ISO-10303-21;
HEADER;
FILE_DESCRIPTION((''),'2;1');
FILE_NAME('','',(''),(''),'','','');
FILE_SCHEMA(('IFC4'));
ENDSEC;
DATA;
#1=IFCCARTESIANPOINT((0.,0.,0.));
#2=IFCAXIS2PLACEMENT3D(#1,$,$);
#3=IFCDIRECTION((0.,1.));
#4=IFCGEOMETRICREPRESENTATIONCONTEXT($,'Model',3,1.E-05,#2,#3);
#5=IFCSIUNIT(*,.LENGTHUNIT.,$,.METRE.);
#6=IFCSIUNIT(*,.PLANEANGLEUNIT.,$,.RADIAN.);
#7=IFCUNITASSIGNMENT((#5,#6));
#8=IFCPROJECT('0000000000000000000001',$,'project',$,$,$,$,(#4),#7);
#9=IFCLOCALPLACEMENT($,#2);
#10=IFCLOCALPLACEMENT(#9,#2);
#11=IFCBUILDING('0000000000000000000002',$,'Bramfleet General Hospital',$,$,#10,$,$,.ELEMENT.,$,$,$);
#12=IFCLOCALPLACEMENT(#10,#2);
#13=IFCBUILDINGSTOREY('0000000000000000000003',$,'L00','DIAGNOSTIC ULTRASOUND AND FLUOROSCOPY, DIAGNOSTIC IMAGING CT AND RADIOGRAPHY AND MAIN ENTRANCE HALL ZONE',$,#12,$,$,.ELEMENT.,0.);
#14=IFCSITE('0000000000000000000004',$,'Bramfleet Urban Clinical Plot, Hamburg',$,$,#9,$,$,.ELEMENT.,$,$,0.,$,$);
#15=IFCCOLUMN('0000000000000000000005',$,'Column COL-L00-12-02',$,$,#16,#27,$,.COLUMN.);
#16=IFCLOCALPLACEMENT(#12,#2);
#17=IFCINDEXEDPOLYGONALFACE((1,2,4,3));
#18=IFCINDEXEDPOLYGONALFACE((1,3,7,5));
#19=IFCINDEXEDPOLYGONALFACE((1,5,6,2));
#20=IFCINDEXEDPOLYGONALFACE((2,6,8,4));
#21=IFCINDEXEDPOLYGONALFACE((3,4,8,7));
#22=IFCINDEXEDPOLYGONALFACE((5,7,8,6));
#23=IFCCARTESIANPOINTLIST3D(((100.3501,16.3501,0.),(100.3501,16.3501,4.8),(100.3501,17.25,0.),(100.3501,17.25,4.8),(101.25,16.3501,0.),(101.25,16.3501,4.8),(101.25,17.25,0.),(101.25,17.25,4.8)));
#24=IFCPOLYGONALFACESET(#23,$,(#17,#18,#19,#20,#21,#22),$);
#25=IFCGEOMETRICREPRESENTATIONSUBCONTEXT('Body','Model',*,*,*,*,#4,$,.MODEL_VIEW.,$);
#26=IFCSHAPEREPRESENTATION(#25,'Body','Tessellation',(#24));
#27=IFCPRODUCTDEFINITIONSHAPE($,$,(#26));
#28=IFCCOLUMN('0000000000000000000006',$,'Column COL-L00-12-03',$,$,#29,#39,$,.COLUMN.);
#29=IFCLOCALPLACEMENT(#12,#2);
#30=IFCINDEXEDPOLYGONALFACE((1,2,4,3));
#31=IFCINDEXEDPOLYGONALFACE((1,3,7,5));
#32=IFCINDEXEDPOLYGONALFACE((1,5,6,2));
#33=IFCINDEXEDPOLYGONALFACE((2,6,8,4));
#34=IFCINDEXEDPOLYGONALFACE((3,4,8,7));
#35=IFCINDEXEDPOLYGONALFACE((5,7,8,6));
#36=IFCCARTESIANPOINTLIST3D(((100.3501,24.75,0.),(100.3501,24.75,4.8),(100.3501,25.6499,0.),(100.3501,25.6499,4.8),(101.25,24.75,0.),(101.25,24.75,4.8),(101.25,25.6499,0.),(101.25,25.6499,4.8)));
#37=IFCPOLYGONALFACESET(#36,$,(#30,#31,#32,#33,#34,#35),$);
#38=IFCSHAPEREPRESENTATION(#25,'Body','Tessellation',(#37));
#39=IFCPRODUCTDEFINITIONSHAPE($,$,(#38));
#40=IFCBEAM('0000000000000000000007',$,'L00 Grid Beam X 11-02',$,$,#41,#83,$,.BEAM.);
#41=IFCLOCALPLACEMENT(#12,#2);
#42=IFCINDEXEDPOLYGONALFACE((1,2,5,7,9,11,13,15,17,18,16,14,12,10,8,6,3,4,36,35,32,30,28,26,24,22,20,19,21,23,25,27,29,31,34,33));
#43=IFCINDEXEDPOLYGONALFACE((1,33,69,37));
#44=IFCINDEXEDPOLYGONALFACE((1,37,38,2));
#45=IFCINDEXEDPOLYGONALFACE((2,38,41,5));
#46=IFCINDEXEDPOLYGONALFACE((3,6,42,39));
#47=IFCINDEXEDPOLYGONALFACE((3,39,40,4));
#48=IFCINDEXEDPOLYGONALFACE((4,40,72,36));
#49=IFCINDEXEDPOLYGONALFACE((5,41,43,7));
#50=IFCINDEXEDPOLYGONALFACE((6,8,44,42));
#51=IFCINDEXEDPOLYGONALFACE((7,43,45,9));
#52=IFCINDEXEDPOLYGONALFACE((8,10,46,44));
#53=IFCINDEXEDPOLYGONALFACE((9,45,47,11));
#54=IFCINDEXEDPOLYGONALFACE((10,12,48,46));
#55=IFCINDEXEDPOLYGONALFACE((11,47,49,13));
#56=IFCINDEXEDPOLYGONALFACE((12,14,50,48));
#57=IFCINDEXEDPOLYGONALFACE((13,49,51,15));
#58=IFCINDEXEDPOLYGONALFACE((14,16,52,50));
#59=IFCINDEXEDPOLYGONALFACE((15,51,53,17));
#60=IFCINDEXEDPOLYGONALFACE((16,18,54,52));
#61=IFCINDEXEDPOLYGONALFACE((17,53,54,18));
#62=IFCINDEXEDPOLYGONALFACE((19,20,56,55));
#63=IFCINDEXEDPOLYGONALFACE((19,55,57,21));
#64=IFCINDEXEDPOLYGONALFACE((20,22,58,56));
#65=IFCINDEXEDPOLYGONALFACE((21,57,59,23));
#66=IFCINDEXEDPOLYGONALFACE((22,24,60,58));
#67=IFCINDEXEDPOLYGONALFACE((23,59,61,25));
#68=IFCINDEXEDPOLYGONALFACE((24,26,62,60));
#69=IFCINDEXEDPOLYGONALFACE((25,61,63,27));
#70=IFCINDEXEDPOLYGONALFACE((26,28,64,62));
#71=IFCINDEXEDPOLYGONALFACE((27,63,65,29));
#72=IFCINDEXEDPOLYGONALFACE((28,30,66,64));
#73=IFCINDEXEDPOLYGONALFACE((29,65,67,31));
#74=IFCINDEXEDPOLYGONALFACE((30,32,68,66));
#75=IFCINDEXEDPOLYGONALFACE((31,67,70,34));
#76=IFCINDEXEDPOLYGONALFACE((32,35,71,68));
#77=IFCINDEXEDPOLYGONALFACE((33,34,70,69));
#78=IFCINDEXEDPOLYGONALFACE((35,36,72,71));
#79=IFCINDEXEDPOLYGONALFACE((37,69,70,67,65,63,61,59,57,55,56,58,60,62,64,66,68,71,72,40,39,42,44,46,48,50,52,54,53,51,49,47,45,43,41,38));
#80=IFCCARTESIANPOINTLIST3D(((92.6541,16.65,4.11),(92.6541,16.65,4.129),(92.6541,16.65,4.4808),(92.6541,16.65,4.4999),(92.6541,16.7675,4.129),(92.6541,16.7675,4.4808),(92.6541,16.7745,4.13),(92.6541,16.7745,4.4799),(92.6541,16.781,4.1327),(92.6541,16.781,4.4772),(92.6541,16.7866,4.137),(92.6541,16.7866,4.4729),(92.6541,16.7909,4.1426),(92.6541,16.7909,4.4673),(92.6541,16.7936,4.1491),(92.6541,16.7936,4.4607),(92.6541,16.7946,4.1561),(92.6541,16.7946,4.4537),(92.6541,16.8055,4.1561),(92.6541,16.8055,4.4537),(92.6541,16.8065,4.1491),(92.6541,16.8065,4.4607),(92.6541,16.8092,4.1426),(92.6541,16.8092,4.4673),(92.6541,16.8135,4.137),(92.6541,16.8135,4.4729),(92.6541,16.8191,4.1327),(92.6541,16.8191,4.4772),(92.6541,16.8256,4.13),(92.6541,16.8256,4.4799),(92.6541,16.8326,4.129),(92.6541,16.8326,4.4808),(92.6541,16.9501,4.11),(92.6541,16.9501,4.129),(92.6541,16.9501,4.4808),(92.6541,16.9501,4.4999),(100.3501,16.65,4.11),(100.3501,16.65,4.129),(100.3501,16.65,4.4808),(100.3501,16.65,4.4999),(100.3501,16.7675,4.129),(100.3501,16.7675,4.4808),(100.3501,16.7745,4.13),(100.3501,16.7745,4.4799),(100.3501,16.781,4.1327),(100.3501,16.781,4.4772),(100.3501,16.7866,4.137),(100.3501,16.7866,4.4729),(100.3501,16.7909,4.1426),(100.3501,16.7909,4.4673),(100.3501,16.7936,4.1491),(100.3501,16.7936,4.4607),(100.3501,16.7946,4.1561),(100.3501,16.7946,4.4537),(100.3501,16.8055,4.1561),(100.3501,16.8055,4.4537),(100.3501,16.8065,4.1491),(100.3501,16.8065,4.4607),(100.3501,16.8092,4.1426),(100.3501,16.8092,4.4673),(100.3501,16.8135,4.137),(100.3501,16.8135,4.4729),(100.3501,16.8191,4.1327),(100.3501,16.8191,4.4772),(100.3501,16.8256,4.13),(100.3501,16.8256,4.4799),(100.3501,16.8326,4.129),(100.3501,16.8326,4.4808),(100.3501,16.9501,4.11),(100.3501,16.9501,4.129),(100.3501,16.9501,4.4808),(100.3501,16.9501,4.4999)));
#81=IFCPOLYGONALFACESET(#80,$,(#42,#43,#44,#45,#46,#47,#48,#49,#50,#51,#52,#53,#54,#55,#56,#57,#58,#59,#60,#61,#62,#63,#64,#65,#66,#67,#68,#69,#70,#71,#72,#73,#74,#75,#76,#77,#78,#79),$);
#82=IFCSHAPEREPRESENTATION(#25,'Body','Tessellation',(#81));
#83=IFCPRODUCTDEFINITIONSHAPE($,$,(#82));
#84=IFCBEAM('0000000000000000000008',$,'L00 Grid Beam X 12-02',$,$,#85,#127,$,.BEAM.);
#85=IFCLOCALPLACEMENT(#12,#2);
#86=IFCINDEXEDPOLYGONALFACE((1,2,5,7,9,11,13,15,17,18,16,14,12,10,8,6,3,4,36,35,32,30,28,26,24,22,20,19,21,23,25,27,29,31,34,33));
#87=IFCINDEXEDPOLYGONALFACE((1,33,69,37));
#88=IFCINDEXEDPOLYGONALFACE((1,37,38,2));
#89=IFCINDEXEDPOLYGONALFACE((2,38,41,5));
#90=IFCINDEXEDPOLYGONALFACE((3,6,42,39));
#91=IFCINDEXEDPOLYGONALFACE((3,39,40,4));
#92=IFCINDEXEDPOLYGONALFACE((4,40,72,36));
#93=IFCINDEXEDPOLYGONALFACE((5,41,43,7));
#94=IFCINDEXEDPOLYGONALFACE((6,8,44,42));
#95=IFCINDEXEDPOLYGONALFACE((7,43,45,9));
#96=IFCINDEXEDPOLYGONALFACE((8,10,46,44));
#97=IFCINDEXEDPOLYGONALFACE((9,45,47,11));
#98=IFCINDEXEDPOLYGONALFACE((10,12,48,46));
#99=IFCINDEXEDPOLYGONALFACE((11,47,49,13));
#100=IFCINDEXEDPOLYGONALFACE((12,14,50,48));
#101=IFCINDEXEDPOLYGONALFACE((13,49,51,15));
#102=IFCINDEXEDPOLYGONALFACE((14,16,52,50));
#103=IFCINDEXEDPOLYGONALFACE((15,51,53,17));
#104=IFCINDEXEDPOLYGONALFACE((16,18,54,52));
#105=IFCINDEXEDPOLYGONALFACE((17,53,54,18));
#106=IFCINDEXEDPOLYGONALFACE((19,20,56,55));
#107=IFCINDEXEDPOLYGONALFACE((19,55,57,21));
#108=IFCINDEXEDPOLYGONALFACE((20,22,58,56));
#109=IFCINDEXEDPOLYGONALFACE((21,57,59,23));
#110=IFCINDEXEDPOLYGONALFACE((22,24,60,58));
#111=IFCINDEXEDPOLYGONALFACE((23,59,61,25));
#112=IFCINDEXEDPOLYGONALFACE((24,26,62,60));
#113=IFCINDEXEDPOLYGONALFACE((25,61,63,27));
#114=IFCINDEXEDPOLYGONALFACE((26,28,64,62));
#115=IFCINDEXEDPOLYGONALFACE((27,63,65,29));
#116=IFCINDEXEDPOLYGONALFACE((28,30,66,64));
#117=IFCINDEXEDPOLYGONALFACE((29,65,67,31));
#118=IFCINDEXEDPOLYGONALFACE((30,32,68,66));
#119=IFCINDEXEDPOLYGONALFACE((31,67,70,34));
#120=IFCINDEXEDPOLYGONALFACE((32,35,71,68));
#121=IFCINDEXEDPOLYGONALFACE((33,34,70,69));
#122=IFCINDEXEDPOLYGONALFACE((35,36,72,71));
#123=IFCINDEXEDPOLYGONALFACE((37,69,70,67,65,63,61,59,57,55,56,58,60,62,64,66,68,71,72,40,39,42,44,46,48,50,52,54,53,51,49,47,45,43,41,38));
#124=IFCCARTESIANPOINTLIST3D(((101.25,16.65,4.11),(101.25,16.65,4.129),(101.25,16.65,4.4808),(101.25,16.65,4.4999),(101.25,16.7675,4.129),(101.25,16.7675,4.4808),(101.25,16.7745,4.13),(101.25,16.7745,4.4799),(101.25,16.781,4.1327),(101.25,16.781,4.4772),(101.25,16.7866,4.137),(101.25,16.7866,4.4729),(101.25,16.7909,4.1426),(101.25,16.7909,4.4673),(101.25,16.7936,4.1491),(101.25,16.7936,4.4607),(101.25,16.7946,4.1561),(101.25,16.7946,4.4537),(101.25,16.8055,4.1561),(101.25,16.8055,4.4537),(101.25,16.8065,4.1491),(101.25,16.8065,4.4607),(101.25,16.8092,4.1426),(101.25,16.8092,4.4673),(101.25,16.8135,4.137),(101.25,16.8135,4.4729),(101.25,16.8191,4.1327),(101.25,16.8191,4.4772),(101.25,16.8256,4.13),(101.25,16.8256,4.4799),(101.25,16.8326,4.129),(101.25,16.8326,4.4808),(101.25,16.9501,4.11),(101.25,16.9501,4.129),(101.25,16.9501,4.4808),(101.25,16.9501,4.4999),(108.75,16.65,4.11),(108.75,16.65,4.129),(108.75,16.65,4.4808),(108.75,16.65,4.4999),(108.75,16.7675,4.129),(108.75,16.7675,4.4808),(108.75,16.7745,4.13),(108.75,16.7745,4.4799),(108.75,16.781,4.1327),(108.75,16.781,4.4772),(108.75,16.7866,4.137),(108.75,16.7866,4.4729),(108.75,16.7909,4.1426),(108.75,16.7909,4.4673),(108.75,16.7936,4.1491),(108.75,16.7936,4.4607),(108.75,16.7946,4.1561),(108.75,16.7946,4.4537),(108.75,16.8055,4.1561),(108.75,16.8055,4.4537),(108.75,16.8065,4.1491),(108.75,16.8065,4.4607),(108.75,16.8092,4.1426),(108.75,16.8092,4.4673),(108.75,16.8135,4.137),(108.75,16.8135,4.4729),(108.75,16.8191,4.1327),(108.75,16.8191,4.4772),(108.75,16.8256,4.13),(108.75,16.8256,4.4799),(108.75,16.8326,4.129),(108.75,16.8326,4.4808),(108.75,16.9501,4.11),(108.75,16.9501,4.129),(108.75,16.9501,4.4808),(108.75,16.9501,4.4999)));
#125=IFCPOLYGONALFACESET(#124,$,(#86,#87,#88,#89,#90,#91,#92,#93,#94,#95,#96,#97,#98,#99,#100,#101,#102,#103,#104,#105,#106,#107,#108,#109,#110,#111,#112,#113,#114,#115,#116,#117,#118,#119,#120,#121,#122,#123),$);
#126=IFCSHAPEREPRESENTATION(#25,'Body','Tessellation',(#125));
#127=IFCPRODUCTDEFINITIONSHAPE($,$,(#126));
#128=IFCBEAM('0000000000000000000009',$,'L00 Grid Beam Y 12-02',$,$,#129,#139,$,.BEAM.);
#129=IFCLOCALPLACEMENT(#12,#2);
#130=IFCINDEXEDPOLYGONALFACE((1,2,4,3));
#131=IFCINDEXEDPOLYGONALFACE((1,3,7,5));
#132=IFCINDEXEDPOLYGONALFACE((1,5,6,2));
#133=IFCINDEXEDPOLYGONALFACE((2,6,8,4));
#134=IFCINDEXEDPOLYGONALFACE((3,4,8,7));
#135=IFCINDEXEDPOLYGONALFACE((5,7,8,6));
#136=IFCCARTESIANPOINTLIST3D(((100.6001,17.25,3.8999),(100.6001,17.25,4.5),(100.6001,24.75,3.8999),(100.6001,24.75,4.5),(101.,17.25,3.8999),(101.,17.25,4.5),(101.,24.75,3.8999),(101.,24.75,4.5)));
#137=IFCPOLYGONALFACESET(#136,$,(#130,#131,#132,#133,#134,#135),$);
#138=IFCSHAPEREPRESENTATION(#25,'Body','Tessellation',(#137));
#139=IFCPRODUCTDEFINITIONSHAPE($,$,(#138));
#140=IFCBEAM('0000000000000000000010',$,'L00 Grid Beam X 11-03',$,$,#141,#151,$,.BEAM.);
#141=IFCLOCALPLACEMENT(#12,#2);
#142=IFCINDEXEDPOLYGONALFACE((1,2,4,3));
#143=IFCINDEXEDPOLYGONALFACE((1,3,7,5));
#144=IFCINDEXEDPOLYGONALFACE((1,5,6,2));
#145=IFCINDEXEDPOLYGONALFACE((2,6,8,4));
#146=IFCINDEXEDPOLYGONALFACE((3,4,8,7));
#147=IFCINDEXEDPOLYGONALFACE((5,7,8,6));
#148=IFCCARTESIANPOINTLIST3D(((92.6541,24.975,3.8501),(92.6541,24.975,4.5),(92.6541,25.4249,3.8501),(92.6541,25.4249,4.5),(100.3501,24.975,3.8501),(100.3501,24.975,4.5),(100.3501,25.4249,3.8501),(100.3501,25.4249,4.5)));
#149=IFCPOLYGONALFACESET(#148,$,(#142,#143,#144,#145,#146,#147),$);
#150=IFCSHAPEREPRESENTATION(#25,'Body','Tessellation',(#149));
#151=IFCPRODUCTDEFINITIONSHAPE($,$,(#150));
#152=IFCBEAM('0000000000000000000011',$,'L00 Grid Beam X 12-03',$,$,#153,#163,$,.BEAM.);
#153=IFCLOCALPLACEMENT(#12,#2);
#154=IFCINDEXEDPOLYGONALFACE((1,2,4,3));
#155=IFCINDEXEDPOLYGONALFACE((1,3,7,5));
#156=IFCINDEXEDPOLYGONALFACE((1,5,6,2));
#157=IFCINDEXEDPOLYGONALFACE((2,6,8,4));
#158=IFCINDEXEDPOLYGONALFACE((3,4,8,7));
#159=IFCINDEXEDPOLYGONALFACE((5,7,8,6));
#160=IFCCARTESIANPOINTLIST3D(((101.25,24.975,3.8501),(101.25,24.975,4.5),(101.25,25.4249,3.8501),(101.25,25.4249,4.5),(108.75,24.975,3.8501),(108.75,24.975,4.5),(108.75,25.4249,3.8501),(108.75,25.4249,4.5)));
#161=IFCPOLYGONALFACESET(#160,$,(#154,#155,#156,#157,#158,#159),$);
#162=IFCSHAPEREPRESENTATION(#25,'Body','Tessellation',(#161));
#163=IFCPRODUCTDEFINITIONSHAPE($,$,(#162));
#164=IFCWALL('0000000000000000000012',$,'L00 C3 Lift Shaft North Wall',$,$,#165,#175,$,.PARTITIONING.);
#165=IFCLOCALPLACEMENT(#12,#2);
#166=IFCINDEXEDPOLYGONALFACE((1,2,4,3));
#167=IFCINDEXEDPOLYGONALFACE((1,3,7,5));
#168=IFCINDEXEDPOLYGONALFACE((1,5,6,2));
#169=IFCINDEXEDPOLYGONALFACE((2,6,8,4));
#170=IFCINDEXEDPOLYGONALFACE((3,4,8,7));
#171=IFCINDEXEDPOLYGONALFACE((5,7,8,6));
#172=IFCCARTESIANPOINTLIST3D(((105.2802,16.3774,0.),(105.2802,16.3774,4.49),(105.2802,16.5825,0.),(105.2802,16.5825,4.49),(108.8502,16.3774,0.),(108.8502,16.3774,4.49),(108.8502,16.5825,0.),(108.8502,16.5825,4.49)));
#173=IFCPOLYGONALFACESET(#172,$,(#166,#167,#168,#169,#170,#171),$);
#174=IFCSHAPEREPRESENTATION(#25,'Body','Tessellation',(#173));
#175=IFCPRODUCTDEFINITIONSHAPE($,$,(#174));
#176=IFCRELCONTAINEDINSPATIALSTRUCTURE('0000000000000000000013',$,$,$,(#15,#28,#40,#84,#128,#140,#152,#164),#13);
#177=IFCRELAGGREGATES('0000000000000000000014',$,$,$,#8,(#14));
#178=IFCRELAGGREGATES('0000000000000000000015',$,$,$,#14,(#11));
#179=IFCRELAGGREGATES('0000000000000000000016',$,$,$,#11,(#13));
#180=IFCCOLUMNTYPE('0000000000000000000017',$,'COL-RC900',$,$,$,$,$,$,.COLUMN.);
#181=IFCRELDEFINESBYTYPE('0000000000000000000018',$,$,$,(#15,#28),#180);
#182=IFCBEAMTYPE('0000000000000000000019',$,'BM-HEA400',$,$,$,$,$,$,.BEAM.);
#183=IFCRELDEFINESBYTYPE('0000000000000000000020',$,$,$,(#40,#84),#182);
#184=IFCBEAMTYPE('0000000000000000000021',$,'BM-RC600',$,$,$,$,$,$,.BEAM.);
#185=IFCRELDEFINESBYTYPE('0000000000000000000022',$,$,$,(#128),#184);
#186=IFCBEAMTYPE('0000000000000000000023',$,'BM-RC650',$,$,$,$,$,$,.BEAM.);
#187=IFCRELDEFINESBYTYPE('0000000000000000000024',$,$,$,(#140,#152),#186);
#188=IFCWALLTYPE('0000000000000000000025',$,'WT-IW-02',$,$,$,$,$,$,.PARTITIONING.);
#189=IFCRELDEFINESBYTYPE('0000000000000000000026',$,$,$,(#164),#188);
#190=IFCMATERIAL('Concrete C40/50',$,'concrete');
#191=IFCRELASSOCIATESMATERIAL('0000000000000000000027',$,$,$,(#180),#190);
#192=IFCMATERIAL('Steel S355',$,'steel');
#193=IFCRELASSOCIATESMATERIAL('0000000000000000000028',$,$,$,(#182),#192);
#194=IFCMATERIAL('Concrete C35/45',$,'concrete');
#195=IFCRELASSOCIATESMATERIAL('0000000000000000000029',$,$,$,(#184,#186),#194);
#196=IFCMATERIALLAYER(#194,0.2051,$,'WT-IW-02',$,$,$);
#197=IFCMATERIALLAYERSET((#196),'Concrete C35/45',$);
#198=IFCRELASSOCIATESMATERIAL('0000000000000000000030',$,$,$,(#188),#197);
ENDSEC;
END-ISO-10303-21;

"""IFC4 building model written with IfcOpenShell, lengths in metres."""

from ifc_helpers import new_model, si_unit, direction, frame, frame_2d, origin, origin_2d, place, context, subcontext, project, spatial, rectangle, i_section, extrude, material, layer, layer_set, material_profile, profile_set, type_object, element, save


model = new_model("IFC4")

# Units and contexts
model_context = context("Model", 3, precision=1e-05, world=origin(), true_north=direction((0.0, 1.0)))
body_context = subcontext(model_context, "Body", "Model", "MODEL_VIEW")
ifc_project = project(units=[si_unit("LENGTHUNIT", "METRE"), si_unit("PLANEANGLEUNIT", "RADIAN")], contexts=[model_context])

# Site, building, storey
site_placement = place(None, origin())
site = spatial("IfcSite", under=ifc_project, at=site_placement, Name="Bramfleet Urban Clinical Plot, Hamburg", CompositionType="ELEMENT", RefElevation=0.0)
building_placement = place(site_placement, origin())
building = spatial("IfcBuilding", under=site, at=building_placement, Name="Bramfleet General Hospital", CompositionType="ELEMENT")
storey_placement = place(building_placement, origin())
storey = spatial("IfcBuildingStorey", under=building, at=storey_placement, Name="L00", Description="DIAGNOSTIC ULTRASOUND AND FLUOROSCOPY, DIAGNOSTIC IMAGING CT AND RADIOGRAPHY AND MAIN ENTRANCE HALL ZONE", CompositionType="ELEMENT", Elevation=0.0)

# Columns
ifc_material_1 = material(Name="Concrete C40/50", Category="concrete")
ifc_material_profile_1 = material_profile(ifc_material_1, rectangle(XDim=0.8999, YDim=0.8999, at=origin_2d()), Name="RC COL 900x900")
ifc_profile_set_1 = profile_set([ifc_material_profile_1], Name="Concrete C40/50")
column_type = type_object("IfcColumnType", Name="COL-RC900", PredefinedType="COLUMN", material=ifc_profile_set_1)
for number, where, z_axis, x_axis, name in (
    (1, (100.8, 16.8, 0.0), (0.0, 0.0, 1.0), (1.0, 0.0, 0.0), "Column COL-L00-12-02"),
    (2, (100.8, 25.2, 0.0), (0.0, 0.0, 1.0), (1.0, 0.0, 0.0), "Column COL-L00-12-03"),
):
    element("IfcColumn", number, at=place(storey_placement, frame(where, z_axis=z_axis, x_axis=x_axis)), inside=storey, type_object=column_type, Name=name, PredefinedType="COLUMN", context=body_context, shape_type="SweptSolid", body=[
        extrude(rectangle(XDim=0.8999, YDim=0.8999, at=origin_2d()), origin(), (0.0, 0.0, 1.0), 4.8),
    ])

# Beams
ifc_material_2 = material(Name="Steel S355", Category="steel")
ifc_material_profile_2 = material_profile(ifc_material_2, i_section(OverallWidth=0.3, OverallDepth=0.3899, WebThickness=0.011, FlangeThickness=0.019, FilletRadius=0.0271, at=origin_2d()), Name="HEA 400")
ifc_profile_set_2 = profile_set([ifc_material_profile_2], Name="Steel S355")
beam_type_1 = type_object("IfcBeamType", Name="BM-HEA400", PredefinedType="BEAM", material=ifc_profile_set_2)
beam_1_placement = place(storey_placement, frame((92.6541, 16.8, 4.3049), z_axis=(1.0, 0.0, 0.0), x_axis=(0.0, 1.0, 0.0)))
element("IfcBeam", 3, at=beam_1_placement, inside=storey, type_object=beam_type_1, Name="L00 Grid Beam X 11-02", PredefinedType="BEAM", context=body_context, shape_type="SweptSolid", body=[
    extrude(i_section(OverallWidth=0.3, OverallDepth=0.3899, WebThickness=0.011, FlangeThickness=0.019, FilletRadius=0.0271, at=origin_2d()), origin(), (0.0, 0.0, 1.0), 7.696),
])
beam_2_placement = place(storey_placement, frame((101.25, 16.8, 4.3049), z_axis=(1.0, 0.0, 0.0), x_axis=(0.0, 1.0, 0.0)))
element("IfcBeam", 4, at=beam_2_placement, inside=storey, type_object=beam_type_1, Name="L00 Grid Beam X 12-02", PredefinedType="BEAM", context=body_context, shape_type="SweptSolid", body=[
    extrude(i_section(OverallWidth=0.3, OverallDepth=0.3899, WebThickness=0.011, FlangeThickness=0.019, FilletRadius=0.0271, at=origin_2d()), origin(), (0.0, 0.0, 1.0), 7.5),
])
ifc_material_3 = material(Name="Concrete C35/45", Category="concrete")
ifc_material_profile_3 = material_profile(ifc_material_3, rectangle(XDim=0.3999, YDim=0.6001, at=origin_2d()), Name="RC BM 600x400")
ifc_profile_set_3 = profile_set([ifc_material_profile_3], Name="Concrete C35/45")
beam_type_2 = type_object("IfcBeamType", Name="BM-RC600", PredefinedType="BEAM", material=ifc_profile_set_3)
beam_3_placement = place(storey_placement, frame((100.8, 17.25, 4.2), z_axis=(0.0, 1.0, 0.0), x_axis=(-1.0, 0.0, 0.0)))
element("IfcBeam", 5, at=beam_3_placement, inside=storey, type_object=beam_type_2, Name="L00 Grid Beam Y 12-02", PredefinedType="BEAM", context=body_context, shape_type="SweptSolid", body=[
    extrude(rectangle(XDim=0.3999, YDim=0.6001, at=origin_2d()), origin(), (0.0, 0.0, 1.0), 7.5),
])
ifc_material_profile_4 = material_profile(ifc_material_3, rectangle(XDim=0.45, YDim=0.6499, at=origin_2d()), Name="RC BM 650x450")
ifc_profile_set_4 = profile_set([ifc_material_profile_4], Name="Concrete C35/45")
beam_type_3 = type_object("IfcBeamType", Name="BM-RC650", PredefinedType="BEAM", material=ifc_profile_set_4)
beam_4_placement = place(storey_placement, frame((92.6541, 25.2, 4.175), z_axis=(1.0, 0.0, 0.0), x_axis=(0.0, 1.0, 0.0)))
element("IfcBeam", 6, at=beam_4_placement, inside=storey, type_object=beam_type_3, Name="L00 Grid Beam X 11-03", PredefinedType="BEAM", context=body_context, shape_type="SweptSolid", body=[
    extrude(rectangle(XDim=0.45, YDim=0.6499, at=origin_2d()), origin(), (0.0, 0.0, 1.0), 7.696),
])
beam_5_placement = place(storey_placement, frame((101.25, 25.2, 4.175), z_axis=(1.0, 0.0, 0.0), x_axis=(0.0, 1.0, 0.0)))
element("IfcBeam", 7, at=beam_5_placement, inside=storey, type_object=beam_type_3, Name="L00 Grid Beam X 12-03", PredefinedType="BEAM", context=body_context, shape_type="SweptSolid", body=[
    extrude(rectangle(XDim=0.45, YDim=0.6499, at=origin_2d()), origin(), (0.0, 0.0, 1.0), 7.5),
])

# Wall
ifc_layer_1 = layer(ifc_material_3, 0.2051, Name="WT-IW-02")
ifc_layer_set_1 = layer_set([ifc_layer_1], Name="Concrete C35/45")
wall_type_1 = type_object("IfcWallType", Name="WT-IW-02", PredefinedType="PARTITIONING", material=ifc_layer_set_1)
wall_1_placement = place(storey_placement, frame((105.28, 16.48, 0.0), z_axis=(0.0, 0.0, 1.0), x_axis=(1.0, 0.0, 0.0)))
element("IfcWall", 8, at=wall_1_placement, inside=storey, type_object=wall_type_1, Name="L00 C3 Lift Shaft North Wall", PredefinedType="PARTITIONING", context=body_context, shape_type="SweptSolid", body=[
    extrude(rectangle(XDim=3.5701, YDim=0.2051, at=frame_2d((1.7852, 0.0))), origin(), (0.0, 0.0, 1.0), 4.49),
])

save(model, "model.ifc")
